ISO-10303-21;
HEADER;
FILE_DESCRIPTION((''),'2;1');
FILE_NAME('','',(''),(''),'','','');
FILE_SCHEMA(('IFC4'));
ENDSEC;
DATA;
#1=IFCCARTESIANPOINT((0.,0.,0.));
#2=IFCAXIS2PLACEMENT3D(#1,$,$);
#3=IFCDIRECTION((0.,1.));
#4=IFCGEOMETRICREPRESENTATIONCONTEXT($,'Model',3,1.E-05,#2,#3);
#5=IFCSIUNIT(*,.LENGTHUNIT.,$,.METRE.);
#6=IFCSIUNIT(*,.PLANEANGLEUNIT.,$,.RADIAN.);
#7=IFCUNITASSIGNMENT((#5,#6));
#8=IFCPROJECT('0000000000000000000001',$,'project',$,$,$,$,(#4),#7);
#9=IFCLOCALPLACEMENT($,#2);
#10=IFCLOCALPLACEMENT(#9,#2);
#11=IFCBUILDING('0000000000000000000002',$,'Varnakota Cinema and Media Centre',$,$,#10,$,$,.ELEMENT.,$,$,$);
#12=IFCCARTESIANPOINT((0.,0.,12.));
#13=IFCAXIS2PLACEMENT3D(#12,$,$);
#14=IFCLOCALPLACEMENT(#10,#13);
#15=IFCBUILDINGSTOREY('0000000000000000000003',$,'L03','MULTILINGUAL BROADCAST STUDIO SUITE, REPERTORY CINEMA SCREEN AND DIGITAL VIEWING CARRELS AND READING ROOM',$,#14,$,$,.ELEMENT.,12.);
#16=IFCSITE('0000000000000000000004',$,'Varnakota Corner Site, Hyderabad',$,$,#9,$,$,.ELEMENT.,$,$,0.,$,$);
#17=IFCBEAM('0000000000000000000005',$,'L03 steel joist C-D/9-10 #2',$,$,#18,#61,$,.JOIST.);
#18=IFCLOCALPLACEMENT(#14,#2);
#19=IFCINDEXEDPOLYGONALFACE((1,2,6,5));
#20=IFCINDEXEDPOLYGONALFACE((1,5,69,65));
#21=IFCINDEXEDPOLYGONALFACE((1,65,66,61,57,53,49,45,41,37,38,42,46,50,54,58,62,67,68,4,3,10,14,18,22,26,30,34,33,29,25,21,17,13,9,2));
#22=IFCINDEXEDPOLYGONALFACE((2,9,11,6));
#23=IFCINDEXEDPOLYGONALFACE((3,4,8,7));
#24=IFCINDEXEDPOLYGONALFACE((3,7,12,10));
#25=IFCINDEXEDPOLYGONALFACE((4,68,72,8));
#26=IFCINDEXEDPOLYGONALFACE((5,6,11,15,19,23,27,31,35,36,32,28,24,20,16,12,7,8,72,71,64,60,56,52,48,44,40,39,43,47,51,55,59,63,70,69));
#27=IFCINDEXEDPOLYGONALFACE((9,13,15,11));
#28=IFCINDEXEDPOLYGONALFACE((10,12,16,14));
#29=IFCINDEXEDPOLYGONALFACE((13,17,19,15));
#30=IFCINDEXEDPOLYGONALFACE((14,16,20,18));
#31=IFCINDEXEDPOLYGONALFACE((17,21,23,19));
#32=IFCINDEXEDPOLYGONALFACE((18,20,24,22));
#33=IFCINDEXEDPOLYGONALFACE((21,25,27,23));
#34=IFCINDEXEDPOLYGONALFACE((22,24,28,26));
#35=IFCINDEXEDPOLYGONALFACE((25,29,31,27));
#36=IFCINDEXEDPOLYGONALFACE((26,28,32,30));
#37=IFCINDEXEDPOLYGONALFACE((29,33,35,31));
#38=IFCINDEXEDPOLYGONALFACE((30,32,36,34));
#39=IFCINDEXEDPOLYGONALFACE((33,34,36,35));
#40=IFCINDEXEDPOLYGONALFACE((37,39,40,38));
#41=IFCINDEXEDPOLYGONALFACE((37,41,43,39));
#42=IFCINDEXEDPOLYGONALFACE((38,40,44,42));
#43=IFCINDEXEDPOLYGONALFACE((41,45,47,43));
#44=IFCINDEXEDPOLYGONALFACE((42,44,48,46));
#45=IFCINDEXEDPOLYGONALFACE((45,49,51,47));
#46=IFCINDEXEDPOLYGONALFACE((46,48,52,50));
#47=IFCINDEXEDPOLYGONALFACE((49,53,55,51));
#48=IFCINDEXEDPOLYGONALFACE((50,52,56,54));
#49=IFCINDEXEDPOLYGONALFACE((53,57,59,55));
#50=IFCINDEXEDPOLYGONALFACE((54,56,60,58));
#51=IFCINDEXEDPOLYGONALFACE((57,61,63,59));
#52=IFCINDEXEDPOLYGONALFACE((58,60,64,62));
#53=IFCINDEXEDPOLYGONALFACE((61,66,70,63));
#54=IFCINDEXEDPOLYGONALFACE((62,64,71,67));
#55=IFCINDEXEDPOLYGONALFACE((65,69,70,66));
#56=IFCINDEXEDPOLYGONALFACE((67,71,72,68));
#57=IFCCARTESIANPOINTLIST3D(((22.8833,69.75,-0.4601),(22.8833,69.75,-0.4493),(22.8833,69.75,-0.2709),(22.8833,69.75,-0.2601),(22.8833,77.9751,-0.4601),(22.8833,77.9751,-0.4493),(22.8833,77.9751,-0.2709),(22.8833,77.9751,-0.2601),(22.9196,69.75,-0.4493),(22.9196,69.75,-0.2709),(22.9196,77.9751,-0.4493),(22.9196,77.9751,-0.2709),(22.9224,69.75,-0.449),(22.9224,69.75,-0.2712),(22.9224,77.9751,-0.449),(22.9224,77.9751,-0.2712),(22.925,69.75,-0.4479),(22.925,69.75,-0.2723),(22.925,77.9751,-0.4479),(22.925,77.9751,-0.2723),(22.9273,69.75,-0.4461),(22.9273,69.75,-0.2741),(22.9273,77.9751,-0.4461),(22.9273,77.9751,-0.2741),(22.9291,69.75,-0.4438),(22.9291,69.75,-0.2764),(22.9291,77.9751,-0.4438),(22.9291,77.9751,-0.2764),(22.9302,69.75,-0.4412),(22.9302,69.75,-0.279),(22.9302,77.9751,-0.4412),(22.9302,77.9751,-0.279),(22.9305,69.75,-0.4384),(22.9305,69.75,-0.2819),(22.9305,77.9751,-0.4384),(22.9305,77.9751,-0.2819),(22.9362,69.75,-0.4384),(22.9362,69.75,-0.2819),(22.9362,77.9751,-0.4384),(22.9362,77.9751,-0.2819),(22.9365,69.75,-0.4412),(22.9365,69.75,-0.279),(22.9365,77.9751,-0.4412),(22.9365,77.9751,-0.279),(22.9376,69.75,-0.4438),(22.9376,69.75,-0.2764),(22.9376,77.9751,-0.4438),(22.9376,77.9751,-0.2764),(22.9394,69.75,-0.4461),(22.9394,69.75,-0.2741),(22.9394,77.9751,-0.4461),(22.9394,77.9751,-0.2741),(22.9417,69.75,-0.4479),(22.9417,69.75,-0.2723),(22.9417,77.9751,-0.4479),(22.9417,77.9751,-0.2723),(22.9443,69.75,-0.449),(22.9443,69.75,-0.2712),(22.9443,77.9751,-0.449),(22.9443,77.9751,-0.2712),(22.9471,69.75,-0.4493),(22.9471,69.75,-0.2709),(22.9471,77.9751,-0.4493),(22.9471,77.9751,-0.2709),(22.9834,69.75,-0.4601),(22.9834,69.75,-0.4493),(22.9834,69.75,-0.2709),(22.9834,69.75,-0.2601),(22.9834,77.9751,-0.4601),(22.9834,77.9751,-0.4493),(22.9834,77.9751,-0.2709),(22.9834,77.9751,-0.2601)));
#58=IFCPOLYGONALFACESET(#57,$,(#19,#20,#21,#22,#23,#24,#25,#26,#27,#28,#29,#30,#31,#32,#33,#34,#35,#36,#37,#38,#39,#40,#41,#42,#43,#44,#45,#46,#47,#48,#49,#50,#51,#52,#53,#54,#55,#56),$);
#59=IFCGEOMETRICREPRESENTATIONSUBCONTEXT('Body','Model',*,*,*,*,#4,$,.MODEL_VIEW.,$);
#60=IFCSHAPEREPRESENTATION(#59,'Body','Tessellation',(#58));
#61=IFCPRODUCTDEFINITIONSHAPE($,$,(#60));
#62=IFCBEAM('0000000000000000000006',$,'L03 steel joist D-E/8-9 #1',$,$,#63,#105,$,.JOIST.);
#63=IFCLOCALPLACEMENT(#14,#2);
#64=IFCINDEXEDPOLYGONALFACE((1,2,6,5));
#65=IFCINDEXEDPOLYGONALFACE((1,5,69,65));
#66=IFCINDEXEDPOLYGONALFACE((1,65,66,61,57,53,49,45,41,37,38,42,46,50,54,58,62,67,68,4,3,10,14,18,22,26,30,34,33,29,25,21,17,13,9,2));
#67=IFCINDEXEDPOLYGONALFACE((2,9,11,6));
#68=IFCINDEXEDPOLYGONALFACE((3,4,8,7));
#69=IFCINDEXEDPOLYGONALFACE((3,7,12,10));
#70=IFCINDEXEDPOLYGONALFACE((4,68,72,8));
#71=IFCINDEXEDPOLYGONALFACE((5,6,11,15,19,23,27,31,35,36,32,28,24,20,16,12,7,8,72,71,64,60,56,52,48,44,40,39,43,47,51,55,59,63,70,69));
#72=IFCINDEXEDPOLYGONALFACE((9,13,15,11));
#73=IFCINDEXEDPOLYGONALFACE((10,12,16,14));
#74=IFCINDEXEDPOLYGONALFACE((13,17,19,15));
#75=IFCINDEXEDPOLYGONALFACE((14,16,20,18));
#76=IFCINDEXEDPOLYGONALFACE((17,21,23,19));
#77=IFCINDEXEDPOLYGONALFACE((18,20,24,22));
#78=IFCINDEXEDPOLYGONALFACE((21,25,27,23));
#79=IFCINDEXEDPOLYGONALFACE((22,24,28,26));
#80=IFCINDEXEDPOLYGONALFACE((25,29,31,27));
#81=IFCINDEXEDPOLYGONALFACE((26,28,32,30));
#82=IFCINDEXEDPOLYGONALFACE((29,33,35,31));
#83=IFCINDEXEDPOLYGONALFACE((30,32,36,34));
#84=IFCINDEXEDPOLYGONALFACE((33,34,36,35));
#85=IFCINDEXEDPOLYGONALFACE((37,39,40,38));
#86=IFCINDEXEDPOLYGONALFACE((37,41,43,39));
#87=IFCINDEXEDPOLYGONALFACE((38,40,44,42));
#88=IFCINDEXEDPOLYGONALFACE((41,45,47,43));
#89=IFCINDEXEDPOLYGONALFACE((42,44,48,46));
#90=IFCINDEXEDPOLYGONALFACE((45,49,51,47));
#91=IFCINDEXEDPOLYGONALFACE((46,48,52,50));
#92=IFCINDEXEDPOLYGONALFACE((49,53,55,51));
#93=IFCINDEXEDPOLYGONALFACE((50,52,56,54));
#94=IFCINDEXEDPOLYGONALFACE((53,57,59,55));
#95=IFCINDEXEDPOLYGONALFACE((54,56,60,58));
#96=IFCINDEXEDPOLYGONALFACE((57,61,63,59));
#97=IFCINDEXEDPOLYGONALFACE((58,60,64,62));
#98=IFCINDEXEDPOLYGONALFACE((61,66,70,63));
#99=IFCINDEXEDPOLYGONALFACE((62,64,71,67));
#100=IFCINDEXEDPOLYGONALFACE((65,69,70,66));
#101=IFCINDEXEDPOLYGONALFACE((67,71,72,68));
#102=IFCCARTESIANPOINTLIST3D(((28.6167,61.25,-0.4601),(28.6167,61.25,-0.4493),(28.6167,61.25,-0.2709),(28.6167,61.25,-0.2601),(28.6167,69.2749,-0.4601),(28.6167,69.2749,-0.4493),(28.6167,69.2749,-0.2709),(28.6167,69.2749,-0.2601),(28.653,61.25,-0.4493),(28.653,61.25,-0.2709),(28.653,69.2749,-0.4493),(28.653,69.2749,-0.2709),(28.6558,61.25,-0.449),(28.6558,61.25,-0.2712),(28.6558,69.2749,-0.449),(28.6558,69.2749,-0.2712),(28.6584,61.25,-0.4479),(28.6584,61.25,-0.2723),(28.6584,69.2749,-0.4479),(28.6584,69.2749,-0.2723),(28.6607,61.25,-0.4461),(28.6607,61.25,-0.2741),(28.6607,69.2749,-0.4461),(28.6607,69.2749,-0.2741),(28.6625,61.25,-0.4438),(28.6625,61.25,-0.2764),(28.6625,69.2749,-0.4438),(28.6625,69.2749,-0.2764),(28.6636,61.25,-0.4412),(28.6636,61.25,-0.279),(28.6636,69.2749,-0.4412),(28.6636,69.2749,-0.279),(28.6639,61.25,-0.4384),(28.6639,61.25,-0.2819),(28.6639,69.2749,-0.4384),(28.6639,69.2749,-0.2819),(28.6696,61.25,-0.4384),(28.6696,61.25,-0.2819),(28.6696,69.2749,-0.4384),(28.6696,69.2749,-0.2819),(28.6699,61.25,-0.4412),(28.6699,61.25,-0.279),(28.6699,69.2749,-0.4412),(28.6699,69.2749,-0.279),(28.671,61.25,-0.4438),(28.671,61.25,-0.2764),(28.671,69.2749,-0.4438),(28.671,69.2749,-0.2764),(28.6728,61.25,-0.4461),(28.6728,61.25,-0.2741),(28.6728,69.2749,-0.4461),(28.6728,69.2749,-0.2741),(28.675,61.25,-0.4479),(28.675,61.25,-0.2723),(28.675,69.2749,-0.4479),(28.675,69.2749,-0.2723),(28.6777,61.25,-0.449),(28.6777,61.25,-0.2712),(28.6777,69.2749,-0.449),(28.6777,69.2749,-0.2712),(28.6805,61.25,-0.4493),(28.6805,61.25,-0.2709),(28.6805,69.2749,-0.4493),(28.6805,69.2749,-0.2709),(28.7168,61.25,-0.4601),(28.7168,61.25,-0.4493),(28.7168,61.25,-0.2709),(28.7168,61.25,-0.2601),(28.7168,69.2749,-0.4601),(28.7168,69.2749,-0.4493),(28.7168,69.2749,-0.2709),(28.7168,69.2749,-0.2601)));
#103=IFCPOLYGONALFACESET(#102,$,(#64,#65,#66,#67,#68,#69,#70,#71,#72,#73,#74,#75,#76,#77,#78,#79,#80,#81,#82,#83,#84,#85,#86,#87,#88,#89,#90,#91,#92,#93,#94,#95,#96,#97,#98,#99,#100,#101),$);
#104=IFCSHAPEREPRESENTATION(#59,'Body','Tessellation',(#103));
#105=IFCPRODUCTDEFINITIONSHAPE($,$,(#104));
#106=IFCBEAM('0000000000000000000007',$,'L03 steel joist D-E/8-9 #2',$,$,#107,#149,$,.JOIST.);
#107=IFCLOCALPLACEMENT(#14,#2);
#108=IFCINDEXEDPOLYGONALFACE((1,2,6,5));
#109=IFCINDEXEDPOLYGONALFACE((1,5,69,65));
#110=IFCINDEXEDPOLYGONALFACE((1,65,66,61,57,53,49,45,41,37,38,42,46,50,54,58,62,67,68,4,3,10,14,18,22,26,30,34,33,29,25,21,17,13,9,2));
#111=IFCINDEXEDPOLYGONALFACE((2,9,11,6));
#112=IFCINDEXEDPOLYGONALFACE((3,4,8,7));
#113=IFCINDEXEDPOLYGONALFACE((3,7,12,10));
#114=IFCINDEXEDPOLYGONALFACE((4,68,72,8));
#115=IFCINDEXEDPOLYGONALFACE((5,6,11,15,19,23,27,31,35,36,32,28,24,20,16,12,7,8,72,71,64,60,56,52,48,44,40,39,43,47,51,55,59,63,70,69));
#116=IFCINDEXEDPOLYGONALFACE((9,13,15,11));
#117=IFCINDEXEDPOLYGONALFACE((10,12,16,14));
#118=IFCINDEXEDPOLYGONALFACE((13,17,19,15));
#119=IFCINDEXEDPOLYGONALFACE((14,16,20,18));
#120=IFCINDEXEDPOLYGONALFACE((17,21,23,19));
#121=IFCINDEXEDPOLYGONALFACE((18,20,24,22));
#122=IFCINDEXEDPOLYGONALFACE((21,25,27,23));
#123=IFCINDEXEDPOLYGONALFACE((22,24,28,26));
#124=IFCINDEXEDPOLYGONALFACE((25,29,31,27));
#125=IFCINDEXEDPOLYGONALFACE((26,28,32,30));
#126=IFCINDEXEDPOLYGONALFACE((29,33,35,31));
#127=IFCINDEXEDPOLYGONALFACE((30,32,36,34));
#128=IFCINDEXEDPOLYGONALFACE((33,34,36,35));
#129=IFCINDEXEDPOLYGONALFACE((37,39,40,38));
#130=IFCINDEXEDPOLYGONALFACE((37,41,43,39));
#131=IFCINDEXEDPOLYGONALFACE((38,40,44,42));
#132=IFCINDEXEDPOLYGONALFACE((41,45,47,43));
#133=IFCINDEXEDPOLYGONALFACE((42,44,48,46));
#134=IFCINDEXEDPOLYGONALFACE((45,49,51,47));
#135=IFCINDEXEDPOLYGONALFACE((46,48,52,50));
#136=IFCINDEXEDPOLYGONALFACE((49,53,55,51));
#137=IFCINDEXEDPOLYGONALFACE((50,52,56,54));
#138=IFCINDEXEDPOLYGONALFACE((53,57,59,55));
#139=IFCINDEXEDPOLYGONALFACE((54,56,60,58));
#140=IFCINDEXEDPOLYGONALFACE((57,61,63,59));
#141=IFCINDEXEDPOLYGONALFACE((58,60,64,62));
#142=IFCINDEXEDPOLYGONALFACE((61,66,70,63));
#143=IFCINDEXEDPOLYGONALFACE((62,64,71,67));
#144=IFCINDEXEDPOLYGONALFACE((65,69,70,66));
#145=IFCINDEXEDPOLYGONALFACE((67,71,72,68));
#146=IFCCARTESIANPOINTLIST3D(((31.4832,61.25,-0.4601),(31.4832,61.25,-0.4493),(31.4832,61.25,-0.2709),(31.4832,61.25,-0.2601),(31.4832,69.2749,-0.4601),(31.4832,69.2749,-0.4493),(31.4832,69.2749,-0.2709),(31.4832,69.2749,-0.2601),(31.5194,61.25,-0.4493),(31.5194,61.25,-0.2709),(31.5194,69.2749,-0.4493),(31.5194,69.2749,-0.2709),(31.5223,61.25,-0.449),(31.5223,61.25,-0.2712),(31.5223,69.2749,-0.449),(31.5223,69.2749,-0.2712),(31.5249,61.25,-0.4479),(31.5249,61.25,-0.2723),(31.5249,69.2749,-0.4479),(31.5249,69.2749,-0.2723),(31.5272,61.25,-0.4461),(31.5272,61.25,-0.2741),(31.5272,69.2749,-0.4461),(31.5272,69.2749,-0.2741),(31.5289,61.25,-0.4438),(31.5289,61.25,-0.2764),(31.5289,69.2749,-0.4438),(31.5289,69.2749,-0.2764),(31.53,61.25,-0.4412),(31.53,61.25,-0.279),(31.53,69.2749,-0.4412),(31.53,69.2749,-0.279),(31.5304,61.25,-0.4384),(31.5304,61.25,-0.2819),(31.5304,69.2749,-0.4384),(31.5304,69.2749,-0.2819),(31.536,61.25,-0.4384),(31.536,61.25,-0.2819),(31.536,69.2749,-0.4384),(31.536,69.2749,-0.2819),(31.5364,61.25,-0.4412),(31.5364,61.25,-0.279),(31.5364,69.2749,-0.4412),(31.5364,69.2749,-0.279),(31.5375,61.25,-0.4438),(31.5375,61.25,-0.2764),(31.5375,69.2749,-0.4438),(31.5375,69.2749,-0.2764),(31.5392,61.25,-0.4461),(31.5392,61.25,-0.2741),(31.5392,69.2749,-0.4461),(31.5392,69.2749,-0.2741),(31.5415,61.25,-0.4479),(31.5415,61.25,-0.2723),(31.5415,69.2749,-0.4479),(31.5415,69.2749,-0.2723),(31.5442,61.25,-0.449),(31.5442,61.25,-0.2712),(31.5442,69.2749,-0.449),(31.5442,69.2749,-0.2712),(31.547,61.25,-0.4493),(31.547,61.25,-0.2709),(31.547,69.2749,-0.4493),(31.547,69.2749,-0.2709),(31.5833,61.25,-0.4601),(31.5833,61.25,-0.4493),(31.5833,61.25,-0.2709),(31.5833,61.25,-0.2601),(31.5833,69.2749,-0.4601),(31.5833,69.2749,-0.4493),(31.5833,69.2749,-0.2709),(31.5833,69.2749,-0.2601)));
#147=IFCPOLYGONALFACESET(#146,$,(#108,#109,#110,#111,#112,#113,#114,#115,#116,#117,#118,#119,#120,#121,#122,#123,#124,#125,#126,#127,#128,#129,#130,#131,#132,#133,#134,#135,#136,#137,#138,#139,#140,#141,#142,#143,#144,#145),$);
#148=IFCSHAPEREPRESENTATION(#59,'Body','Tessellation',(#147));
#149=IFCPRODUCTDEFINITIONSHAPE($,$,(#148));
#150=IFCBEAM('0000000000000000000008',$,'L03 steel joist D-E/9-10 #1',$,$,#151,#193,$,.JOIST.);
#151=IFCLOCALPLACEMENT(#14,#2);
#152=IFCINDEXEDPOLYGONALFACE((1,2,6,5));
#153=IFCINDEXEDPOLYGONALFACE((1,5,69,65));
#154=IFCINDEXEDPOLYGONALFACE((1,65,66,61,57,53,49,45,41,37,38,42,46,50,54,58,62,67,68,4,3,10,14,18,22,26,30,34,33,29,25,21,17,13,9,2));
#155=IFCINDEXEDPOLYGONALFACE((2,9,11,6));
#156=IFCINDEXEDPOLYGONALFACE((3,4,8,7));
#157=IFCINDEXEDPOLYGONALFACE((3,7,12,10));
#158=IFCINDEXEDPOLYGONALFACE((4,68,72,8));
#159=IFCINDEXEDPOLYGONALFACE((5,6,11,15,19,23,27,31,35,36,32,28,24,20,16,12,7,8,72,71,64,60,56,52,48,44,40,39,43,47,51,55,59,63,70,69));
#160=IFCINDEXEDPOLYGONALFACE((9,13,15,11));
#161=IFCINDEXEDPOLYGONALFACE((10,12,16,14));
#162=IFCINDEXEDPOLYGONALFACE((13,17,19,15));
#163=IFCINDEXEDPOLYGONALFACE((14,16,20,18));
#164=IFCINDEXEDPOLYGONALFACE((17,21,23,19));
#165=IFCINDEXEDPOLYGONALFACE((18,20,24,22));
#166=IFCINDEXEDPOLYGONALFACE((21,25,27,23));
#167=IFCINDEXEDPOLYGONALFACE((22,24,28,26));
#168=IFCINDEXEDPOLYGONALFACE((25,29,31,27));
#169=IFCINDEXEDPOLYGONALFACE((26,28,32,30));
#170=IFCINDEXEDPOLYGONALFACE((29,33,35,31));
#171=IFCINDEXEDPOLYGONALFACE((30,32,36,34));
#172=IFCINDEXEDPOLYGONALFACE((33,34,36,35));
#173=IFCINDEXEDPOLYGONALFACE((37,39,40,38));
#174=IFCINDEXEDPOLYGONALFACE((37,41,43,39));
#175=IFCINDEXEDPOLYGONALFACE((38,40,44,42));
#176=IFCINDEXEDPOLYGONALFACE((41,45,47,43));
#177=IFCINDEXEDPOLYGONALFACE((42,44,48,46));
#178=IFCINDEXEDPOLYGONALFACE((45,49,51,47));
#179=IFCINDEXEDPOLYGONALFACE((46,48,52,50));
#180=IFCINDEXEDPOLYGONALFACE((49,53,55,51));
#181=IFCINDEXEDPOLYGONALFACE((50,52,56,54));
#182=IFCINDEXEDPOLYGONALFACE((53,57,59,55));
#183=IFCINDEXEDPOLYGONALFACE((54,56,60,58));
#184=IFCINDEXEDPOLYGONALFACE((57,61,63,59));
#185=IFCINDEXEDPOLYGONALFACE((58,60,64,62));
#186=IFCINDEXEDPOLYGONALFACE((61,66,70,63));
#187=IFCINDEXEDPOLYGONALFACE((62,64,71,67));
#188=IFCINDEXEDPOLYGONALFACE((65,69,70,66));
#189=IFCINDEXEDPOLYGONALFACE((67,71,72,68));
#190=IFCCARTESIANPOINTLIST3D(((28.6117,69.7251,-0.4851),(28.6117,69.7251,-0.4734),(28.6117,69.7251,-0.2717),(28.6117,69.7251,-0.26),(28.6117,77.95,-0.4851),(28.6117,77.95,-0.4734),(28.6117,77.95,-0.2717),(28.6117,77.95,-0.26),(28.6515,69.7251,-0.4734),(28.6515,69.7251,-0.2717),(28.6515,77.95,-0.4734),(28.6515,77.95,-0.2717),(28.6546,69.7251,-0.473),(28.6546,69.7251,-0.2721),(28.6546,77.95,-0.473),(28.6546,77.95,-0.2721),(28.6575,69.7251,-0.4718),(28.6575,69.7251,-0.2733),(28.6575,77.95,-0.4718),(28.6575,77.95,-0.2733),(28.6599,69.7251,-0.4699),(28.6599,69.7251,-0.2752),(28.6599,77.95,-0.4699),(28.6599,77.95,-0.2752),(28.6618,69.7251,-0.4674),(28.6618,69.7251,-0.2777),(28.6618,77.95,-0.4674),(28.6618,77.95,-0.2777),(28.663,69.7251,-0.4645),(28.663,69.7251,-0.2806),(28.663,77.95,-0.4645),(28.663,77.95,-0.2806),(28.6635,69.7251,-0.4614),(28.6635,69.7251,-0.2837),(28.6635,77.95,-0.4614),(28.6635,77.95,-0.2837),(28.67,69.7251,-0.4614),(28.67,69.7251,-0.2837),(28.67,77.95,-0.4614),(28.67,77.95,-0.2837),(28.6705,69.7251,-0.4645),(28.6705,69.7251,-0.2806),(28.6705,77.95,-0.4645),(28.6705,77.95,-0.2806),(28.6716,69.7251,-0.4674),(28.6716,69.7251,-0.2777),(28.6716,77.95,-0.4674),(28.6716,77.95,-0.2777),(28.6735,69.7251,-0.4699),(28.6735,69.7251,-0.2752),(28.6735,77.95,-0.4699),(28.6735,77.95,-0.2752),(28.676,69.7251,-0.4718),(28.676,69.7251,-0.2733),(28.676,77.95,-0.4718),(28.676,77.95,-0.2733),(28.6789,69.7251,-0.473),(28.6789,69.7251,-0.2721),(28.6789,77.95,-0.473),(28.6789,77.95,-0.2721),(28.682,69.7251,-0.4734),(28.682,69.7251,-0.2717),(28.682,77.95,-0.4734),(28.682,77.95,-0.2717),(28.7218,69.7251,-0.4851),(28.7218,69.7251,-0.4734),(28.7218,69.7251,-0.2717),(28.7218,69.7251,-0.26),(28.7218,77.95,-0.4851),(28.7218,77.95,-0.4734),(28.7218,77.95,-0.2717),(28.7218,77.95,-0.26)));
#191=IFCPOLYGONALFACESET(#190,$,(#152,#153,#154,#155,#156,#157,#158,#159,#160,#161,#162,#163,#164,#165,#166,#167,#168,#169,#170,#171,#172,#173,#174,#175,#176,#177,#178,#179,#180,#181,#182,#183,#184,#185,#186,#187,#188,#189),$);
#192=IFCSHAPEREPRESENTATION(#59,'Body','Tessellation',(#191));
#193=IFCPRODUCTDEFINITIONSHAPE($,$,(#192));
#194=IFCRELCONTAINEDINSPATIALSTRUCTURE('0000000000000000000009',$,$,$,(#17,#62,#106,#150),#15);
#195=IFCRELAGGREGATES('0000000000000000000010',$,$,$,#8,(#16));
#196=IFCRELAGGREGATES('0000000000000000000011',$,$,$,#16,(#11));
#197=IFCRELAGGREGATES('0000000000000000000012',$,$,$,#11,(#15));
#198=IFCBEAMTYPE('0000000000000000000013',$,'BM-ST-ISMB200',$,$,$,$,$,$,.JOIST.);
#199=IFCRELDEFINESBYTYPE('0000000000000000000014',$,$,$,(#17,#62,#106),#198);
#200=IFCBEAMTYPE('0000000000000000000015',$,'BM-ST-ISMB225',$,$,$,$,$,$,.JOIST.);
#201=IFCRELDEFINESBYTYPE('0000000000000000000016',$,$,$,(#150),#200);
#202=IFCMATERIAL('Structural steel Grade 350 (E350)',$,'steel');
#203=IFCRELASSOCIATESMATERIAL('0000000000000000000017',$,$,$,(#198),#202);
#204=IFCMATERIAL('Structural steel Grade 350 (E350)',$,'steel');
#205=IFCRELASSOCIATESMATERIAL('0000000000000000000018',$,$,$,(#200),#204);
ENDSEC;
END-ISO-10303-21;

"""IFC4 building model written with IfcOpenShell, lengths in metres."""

from ifc_helpers import new_model, si_unit, direction, frame, origin, origin_2d, place, context, subcontext, project, spatial, i_section, extrude, material, material_profile, profile_set, type_object, element, save


model = new_model("IFC4")

# Units and contexts
model_context = context("Model", 3, precision=1e-05, world=origin(), true_north=direction((0.0, 1.0)))
body_context = subcontext(model_context, "Body", "Model", "MODEL_VIEW")
ifc_project = project(units=[si_unit("LENGTHUNIT", "METRE"), si_unit("PLANEANGLEUNIT", "RADIAN")], contexts=[model_context])

# Site, building, storey
site_placement = place(None, origin())
site = spatial("IfcSite", under=ifc_project, at=site_placement, Name="Varnakota Corner Site, Hyderabad", CompositionType="ELEMENT", RefElevation=0.0)
building_placement = place(site_placement, origin())
building = spatial("IfcBuilding", under=site, at=building_placement, Name="Varnakota Cinema and Media Centre", CompositionType="ELEMENT")
storey_placement = place(building_placement, frame((0.0, 0.0, 12.0)))
storey = spatial("IfcBuildingStorey", under=building, at=storey_placement, Name="L03", Description="MULTILINGUAL BROADCAST STUDIO SUITE, REPERTORY CINEMA SCREEN AND DIGITAL VIEWING CARRELS AND READING ROOM", CompositionType="ELEMENT", Elevation=12.0)

# Beams
ifc_material_1 = material(Name="Structural steel Grade 350 (E350)", Category="steel")
ifc_material_profile_1 = material_profile(ifc_material_1, i_section(OverallWidth=0.1001, OverallDepth=0.2, WebThickness=0.0056, FlangeThickness=0.0107, FilletRadius=0.011, at=origin_2d()), Name="ISMB 200")
ifc_profile_set_1 = profile_set([ifc_material_profile_1], Name="Structural steel Grade 350 (E350)")
beam_type_1 = type_object("IfcBeamType", Name="BM-ST-ISMB200", PredefinedType="JOIST", material=ifc_profile_set_1)
for number, where, z_axis, x_axis, name in (
    (1, (22.9333, 69.75, -0.3601), (0.0, 1.0, 0.0), (-1.0, 0.0, 0.0), "L03 steel joist C-D/9-10 #2"),
):
    element("IfcBeam", number, at=place(storey_placement, frame(where, z_axis=z_axis, x_axis=x_axis)), inside=storey, type_object=beam_type_1, Name=name, PredefinedType="JOIST", context=body_context, shape_type="SweptSolid", body=[
        extrude(i_section(OverallWidth=0.1001, OverallDepth=0.2, WebThickness=0.0056, FlangeThickness=0.0107, FilletRadius=0.011, at=origin_2d()), origin(), (0.0, 0.0, 1.0), 8.2251),
    ])
for number, where, z_axis, x_axis, name in (
    (2, (28.6667, 61.25, -0.3601), (0.0, 1.0, 0.0), (-1.0, 0.0, 0.0), "L03 steel joist D-E/8-9 #1"),
    (3, (31.5332, 61.25, -0.3601), (0.0, 1.0, 0.0), (-1.0, 0.0, 0.0), "L03 steel joist D-E/8-9 #2"),
):
    element("IfcBeam", number, at=place(storey_placement, frame(where, z_axis=z_axis, x_axis=x_axis)), inside=storey, type_object=beam_type_1, Name=name, PredefinedType="JOIST", context=body_context, shape_type="SweptSolid", body=[
        extrude(i_section(OverallWidth=0.1001, OverallDepth=0.2, WebThickness=0.0056, FlangeThickness=0.0107, FilletRadius=0.011, at=origin_2d()), origin(), (0.0, 0.0, 1.0), 8.0249),
    ])
ifc_material_2 = material(Name="Structural steel Grade 350 (E350)", Category="steel")
ifc_material_profile_2 = material_profile(ifc_material_2, i_section(OverallWidth=0.1101, OverallDepth=0.2251, WebThickness=0.0066, FlangeThickness=0.0117, FilletRadius=0.012, at=origin_2d()), Name="ISMB 225")
ifc_profile_set_2 = profile_set([ifc_material_profile_2], Name="Structural steel Grade 350 (E350)")
beam_type_2 = type_object("IfcBeamType", Name="BM-ST-ISMB225", PredefinedType="JOIST", material=ifc_profile_set_2)
for number, where, z_axis, x_axis, name in (
    (4, (28.6667, 69.7251, -0.3726), (0.0, 1.0, 0.0), (-1.0, 0.0, 0.0), "L03 steel joist D-E/9-10 #1"),
):
    element("IfcBeam", number, at=place(storey_placement, frame(where, z_axis=z_axis, x_axis=x_axis)), inside=storey, type_object=beam_type_2, Name=name, PredefinedType="JOIST", context=body_context, shape_type="SweptSolid", body=[
        extrude(i_section(OverallWidth=0.1101, OverallDepth=0.2251, WebThickness=0.0066, FlangeThickness=0.0117, FilletRadius=0.012, at=origin_2d()), origin(), (0.0, 0.0, 1.0), 8.2249),
    ])

save(model, "model.ifc")
